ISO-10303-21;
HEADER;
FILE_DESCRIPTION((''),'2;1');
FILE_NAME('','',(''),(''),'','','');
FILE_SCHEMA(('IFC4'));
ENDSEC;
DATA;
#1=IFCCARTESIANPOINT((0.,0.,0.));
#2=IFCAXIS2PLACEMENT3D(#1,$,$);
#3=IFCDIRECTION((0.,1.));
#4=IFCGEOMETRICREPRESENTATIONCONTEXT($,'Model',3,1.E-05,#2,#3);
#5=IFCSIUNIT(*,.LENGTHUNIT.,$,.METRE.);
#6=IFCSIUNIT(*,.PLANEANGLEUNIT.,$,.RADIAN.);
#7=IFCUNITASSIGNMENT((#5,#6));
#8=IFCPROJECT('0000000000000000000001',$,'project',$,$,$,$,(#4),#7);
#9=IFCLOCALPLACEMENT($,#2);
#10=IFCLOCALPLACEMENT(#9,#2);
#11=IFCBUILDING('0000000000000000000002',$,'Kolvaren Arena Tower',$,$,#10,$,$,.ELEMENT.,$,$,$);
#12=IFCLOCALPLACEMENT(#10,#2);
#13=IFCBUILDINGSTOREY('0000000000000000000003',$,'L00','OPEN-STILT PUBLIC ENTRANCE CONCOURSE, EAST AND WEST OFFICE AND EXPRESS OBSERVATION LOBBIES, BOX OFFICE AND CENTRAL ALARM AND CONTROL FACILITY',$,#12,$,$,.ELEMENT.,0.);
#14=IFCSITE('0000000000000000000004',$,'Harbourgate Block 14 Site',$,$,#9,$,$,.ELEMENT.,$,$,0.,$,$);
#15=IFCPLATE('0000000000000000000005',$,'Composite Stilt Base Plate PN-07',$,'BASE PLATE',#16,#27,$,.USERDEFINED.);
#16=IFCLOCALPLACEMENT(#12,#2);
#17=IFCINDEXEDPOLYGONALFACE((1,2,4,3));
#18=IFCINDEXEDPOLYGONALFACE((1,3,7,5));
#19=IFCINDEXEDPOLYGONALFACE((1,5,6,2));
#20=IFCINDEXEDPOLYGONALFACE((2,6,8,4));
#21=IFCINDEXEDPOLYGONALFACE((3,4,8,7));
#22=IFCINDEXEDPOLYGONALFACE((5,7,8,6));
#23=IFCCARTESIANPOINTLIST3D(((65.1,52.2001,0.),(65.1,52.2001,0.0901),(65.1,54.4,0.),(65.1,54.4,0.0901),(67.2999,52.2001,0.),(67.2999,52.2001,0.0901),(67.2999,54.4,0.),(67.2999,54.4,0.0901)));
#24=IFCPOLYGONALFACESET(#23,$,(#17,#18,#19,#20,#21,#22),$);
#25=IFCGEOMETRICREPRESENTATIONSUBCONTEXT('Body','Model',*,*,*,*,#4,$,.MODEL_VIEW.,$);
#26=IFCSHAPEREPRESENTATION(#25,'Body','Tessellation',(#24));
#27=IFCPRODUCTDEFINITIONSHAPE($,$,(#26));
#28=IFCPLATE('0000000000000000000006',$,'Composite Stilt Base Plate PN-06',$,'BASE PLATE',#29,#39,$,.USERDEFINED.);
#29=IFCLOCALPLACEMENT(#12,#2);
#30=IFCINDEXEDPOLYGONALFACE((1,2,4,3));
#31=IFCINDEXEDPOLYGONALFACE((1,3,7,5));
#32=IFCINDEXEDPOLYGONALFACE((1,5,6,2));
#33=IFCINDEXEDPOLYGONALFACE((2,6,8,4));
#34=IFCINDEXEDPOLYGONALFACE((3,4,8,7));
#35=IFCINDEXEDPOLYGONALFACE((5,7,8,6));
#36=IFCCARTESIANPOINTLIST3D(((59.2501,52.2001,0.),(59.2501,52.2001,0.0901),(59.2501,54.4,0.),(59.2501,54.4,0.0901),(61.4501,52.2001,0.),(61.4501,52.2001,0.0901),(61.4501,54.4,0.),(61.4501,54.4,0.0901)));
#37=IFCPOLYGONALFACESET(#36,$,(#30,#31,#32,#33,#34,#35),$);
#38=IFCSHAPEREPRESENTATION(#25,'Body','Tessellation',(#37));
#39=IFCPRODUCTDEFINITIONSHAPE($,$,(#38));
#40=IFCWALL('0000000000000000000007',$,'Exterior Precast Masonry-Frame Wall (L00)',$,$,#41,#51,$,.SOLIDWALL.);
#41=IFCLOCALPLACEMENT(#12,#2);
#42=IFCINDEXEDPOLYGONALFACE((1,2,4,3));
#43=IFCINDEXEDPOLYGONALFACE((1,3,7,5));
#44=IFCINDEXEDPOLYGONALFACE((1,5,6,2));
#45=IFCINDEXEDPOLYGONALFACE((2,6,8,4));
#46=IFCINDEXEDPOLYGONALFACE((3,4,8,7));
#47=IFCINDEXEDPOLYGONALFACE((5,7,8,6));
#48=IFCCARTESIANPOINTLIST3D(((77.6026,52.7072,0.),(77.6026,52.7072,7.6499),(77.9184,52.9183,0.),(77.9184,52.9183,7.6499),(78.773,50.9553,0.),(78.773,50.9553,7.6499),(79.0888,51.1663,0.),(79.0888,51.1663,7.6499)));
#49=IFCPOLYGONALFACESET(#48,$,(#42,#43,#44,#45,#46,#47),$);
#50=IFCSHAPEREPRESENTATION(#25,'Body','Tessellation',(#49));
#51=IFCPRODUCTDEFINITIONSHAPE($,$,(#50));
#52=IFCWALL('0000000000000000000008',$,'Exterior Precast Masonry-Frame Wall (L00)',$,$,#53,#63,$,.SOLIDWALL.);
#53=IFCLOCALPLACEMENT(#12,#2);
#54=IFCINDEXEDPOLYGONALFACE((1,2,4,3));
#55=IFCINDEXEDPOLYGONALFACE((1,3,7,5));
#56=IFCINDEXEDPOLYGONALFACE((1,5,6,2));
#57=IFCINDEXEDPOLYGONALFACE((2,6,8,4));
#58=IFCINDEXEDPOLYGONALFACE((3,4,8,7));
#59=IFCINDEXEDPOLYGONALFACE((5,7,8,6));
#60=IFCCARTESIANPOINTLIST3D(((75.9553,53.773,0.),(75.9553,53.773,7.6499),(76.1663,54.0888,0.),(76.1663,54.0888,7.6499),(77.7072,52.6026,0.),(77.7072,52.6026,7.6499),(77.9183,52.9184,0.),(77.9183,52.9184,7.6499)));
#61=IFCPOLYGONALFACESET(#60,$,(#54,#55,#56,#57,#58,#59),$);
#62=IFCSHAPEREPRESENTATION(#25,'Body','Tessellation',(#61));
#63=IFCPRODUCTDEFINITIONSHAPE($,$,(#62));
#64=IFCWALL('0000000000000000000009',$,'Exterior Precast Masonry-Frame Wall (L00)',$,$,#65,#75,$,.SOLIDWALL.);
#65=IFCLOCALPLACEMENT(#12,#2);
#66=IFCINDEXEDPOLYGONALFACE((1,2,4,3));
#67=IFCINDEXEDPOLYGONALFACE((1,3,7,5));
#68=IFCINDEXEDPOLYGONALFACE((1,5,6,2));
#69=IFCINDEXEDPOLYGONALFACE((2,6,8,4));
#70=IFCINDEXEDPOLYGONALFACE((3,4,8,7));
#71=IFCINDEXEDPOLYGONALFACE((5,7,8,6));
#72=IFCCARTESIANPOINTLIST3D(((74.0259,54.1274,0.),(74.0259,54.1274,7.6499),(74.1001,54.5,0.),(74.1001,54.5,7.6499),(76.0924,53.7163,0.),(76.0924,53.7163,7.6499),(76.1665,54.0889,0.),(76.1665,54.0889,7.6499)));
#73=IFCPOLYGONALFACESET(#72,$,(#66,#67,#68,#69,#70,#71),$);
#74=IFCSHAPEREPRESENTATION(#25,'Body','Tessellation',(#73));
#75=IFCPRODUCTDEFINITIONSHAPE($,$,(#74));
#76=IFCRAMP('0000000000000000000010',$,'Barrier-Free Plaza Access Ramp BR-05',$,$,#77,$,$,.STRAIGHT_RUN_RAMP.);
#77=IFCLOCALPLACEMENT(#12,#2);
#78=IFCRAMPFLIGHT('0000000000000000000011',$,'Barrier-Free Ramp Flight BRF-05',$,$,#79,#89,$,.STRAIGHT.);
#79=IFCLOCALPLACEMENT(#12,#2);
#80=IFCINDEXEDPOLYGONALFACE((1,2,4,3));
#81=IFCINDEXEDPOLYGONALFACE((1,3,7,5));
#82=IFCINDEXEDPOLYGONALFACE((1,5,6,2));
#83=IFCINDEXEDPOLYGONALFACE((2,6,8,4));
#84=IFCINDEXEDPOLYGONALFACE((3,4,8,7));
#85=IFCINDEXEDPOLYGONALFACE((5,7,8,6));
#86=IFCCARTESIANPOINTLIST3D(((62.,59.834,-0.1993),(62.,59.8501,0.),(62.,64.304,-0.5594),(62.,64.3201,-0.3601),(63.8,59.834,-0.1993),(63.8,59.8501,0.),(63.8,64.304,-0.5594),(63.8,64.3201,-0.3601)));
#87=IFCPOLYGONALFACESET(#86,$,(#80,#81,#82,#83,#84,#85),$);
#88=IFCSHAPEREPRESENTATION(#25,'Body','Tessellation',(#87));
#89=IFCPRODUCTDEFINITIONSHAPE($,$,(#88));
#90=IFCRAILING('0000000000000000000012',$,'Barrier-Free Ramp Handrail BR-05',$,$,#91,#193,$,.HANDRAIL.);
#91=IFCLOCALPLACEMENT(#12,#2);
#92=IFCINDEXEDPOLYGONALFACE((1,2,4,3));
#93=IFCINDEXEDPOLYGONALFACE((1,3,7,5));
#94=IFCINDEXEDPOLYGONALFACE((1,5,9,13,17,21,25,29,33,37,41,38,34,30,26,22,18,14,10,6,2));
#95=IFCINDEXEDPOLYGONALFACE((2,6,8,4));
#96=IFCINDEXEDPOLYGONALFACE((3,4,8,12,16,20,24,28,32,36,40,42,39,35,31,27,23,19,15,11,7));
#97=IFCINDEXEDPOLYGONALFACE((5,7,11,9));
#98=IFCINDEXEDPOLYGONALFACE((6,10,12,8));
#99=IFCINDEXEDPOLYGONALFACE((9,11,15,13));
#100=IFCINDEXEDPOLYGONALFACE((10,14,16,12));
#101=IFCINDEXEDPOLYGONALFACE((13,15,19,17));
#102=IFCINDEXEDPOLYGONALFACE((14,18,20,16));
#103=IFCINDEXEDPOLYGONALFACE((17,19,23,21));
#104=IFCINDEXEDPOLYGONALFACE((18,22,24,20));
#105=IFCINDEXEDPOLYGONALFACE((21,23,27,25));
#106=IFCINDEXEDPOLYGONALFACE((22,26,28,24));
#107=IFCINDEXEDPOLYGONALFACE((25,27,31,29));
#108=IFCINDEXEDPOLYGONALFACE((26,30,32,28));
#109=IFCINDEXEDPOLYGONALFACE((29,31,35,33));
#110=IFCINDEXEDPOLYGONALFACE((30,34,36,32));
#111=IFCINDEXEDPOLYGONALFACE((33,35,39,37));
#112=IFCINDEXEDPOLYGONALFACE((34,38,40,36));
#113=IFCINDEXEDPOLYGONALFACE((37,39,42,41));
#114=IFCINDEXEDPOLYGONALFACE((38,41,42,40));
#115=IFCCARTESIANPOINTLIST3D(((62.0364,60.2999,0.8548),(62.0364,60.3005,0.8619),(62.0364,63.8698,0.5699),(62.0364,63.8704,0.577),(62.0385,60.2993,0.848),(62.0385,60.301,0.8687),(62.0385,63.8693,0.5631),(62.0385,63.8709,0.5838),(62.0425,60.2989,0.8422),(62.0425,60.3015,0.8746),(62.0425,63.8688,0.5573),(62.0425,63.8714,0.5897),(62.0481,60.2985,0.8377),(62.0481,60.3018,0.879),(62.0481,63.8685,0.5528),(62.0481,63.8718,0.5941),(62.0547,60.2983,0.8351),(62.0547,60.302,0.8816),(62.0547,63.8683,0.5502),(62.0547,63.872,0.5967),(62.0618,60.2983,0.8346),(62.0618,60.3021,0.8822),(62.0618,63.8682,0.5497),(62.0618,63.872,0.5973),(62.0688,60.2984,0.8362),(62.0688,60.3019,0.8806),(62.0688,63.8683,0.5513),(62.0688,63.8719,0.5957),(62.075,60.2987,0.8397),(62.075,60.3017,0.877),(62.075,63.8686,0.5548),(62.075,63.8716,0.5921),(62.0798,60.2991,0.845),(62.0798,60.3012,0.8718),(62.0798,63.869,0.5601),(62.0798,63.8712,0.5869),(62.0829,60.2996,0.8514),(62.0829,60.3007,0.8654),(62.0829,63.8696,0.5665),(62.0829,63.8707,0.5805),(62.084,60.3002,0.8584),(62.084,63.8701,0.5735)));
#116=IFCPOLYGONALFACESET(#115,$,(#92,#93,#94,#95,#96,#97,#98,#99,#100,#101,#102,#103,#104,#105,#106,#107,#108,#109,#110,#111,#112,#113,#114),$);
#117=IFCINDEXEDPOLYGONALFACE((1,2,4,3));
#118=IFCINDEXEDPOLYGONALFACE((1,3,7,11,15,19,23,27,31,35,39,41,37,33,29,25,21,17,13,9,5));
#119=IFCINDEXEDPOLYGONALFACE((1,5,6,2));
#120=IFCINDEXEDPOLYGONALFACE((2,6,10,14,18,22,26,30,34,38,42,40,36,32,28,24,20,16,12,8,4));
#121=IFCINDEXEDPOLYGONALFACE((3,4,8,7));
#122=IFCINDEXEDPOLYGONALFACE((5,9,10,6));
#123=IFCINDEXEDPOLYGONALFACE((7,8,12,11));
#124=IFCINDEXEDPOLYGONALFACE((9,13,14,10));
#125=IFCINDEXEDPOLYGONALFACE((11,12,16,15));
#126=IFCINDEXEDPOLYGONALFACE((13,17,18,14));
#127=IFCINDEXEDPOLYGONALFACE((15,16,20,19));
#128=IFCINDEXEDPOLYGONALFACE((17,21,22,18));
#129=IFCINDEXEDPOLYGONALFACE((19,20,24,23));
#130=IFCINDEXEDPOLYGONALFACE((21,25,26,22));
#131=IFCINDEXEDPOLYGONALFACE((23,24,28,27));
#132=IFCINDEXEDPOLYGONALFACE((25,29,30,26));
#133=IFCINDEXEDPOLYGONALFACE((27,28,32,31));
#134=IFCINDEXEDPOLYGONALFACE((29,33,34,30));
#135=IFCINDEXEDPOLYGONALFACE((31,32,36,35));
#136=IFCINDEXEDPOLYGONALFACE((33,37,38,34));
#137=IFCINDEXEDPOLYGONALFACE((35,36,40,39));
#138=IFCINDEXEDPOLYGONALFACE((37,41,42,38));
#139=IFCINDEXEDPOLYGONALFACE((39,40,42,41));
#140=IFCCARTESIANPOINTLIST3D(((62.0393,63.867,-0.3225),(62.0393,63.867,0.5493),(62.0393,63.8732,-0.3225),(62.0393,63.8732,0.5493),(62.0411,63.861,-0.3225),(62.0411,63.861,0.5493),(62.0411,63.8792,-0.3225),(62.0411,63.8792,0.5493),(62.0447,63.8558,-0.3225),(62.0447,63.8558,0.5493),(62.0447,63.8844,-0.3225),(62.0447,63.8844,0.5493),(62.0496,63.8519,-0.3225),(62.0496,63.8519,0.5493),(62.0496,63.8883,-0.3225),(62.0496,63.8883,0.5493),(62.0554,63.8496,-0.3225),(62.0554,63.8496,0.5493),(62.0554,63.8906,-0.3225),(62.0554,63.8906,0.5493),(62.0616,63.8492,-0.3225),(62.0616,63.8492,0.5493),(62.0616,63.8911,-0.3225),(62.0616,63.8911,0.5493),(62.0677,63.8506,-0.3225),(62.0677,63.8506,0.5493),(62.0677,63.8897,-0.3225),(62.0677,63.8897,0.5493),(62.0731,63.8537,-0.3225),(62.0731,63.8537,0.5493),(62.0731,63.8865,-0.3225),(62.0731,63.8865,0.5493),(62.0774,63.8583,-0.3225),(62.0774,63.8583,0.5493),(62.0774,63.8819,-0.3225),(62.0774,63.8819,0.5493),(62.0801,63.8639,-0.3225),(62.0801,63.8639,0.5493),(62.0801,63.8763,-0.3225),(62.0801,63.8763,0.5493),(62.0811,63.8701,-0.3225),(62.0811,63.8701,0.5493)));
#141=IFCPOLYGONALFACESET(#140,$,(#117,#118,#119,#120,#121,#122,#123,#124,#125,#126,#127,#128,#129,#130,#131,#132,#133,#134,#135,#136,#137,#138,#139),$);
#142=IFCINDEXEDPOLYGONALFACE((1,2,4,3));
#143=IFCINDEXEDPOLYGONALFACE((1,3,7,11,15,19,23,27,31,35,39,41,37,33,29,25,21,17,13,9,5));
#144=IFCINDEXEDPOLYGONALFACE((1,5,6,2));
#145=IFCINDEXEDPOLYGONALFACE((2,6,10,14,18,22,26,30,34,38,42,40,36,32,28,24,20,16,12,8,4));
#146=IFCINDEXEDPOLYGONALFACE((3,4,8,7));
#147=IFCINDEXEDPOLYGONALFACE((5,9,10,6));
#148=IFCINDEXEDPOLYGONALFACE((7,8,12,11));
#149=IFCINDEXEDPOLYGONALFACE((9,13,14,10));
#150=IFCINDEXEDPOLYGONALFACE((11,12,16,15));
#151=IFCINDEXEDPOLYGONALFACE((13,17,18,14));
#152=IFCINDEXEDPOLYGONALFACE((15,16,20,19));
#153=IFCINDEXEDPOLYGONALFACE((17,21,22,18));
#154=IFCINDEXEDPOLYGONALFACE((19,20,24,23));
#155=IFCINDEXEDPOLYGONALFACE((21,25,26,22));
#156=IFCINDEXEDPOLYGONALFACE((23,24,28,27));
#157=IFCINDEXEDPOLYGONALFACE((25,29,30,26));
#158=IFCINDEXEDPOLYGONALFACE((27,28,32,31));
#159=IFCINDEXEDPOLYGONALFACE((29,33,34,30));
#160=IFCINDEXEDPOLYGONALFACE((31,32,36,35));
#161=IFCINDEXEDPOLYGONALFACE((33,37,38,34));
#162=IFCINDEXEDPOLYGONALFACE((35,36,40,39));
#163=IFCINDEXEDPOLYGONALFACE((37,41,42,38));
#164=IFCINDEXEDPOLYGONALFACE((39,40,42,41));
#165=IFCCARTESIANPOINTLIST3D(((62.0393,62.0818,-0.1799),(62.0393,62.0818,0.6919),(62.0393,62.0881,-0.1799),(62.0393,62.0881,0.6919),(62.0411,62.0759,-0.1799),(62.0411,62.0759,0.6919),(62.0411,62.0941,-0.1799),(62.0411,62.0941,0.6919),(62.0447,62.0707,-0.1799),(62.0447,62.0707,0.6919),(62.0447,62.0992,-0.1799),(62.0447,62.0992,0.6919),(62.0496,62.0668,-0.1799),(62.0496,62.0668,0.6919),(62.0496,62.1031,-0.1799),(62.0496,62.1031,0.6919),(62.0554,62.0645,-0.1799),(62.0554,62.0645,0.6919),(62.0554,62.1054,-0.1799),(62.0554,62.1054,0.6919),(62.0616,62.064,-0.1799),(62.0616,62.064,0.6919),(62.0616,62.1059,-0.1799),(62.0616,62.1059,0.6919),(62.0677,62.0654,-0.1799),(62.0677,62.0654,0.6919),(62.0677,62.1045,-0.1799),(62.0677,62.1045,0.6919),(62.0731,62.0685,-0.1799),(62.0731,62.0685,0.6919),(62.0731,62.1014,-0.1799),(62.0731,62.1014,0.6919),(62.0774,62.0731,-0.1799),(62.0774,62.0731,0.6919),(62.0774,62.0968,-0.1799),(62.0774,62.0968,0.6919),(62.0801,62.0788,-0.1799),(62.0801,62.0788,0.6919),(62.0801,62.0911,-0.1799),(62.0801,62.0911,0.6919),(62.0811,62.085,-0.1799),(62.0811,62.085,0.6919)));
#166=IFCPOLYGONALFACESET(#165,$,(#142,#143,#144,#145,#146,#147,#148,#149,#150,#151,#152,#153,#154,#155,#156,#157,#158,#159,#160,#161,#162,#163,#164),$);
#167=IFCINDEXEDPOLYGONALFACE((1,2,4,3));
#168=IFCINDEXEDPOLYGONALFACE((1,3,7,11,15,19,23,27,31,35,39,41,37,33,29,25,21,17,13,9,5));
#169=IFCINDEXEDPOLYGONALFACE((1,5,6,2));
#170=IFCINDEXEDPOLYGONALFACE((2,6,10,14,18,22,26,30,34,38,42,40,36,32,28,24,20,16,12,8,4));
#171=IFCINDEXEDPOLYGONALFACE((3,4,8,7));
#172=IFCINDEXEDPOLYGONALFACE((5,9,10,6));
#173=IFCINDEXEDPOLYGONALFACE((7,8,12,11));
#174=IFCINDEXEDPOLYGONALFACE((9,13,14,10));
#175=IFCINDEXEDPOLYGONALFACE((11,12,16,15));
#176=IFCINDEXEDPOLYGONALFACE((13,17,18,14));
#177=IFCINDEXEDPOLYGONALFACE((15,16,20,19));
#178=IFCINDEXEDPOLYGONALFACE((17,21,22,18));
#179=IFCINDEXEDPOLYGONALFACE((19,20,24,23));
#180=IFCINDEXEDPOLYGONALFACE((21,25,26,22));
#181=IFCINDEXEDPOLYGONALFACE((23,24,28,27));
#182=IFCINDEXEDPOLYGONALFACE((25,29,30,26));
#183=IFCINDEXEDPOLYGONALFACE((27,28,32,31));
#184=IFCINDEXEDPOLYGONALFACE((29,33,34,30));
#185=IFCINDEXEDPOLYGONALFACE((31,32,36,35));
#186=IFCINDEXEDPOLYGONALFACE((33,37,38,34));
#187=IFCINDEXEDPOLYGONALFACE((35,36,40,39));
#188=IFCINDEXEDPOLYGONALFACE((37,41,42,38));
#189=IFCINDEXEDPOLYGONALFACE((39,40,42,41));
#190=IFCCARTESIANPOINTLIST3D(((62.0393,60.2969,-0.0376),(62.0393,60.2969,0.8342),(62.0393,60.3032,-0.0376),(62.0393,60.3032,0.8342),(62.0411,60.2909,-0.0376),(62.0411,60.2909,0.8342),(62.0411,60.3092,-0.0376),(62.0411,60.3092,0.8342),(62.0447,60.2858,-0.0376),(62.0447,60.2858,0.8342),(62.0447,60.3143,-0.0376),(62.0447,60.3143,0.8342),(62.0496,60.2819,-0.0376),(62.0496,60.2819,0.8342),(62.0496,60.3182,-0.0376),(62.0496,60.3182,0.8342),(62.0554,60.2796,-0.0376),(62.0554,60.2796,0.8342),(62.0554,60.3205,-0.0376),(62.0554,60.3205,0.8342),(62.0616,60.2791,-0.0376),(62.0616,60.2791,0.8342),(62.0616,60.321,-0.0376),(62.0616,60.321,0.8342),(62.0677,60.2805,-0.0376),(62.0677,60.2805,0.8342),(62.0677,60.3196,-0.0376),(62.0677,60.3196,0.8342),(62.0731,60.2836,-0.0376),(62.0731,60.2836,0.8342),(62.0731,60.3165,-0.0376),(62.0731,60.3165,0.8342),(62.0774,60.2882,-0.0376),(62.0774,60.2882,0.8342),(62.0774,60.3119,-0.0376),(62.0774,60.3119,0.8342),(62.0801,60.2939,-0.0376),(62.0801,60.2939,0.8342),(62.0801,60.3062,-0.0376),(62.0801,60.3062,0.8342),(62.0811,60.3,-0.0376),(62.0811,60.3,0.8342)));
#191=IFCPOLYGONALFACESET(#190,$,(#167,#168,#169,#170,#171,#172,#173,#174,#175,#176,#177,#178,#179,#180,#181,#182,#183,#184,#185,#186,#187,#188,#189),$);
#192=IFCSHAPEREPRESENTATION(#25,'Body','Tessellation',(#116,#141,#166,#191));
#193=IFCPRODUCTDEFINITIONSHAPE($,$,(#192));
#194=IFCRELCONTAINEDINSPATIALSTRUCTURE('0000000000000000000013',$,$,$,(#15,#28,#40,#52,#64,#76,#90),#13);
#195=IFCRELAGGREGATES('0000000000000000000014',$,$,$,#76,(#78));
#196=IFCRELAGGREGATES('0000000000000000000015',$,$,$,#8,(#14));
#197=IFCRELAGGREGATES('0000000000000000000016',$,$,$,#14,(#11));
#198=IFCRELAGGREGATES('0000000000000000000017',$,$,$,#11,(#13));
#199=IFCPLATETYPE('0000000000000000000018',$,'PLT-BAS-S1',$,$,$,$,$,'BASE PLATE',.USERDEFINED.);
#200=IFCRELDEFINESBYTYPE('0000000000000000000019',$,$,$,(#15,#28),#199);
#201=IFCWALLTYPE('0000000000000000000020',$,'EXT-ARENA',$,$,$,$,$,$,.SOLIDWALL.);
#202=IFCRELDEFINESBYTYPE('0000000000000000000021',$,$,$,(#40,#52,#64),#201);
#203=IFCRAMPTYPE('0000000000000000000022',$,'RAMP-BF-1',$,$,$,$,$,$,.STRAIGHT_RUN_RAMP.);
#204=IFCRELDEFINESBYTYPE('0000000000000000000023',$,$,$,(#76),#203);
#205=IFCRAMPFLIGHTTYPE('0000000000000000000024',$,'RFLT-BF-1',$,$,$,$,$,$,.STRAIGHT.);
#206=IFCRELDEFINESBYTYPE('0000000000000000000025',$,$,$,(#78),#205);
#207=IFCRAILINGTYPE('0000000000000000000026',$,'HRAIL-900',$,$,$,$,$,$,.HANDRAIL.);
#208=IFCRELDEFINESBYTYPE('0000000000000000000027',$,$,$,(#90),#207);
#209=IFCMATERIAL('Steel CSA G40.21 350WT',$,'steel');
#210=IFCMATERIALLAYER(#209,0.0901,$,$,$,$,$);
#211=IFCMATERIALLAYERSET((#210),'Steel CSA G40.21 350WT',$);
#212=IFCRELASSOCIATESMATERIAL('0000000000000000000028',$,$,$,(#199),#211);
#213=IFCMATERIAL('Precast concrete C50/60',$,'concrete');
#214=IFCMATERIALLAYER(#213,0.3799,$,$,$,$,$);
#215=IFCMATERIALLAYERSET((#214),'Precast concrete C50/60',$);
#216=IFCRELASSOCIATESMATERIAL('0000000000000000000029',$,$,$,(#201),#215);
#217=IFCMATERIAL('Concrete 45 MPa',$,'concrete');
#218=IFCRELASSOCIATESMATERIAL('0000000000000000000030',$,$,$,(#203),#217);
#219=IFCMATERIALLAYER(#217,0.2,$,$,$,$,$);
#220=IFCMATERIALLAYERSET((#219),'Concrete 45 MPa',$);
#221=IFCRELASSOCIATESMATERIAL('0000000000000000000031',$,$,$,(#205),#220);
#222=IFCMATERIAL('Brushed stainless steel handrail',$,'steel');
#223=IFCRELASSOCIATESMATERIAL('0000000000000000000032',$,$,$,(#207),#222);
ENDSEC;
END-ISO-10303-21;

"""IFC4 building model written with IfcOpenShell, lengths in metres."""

from ifc_helpers import new_model, si_unit, direction, frame, frame_2d, origin, origin_2d, place, context, subcontext, project, spatial, polyline, rectangle, circle, outline, extrude, material, layer, layer_set, type_object, element, aggregate, save


model = new_model("IFC4")

# Units and contexts
model_context = context("Model", 3, precision=1e-05, world=origin(), true_north=direction((0.0, 1.0)))
body_context = subcontext(model_context, "Body", "Model", "MODEL_VIEW")
ifc_project = project(units=[si_unit("LENGTHUNIT", "METRE"), si_unit("PLANEANGLEUNIT", "RADIAN")], contexts=[model_context])

# Site, building, storey
site_placement = place(None, origin())
site = spatial("IfcSite", under=ifc_project, at=site_placement, Name="Harbourgate Block 14 Site", CompositionType="ELEMENT", RefElevation=0.0)
building_placement = place(site_placement, origin())
building = spatial("IfcBuilding", under=site, at=building_placement, Name="Kolvaren Arena Tower", CompositionType="ELEMENT")
storey_placement = place(building_placement, origin())
storey = spatial("IfcBuildingStorey", under=building, at=storey_placement, Name="L00", Description="OPEN-STILT PUBLIC ENTRANCE CONCOURSE, EAST AND WEST OFFICE AND EXPRESS OBSERVATION LOBBIES, BOX OFFICE AND CENTRAL ALARM AND CONTROL FACILITY", CompositionType="ELEMENT", Elevation=0.0)

# Shared definitions
ifc_material_1 = material(Name="Steel CSA G40.21 350WT", Category="steel")

# Plates
ifc_layer_1 = layer(ifc_material_1, 0.0901)
ifc_layer_set_1 = layer_set([ifc_layer_1], Name="Steel CSA G40.21 350WT")
plate_type = type_object("IfcPlateType", Name="PLT-BAS-S1", ElementType="BASE PLATE", PredefinedType="USERDEFINED", material=ifc_layer_set_1)
for number, where, z_axis, x_axis, name in (
    (1, (66.2, 53.3, 0.0), (0.0, 0.0, 1.0), (1.0, 0.0, 0.0), "Composite Stilt Base Plate PN-07"),
    (2, (60.3501, 53.3, 0.0), (0.0, 0.0, 1.0), (1.0, 0.0, 0.0), "Composite Stilt Base Plate PN-06"),
):
    element("IfcPlate", number, at=place(storey_placement, frame(where, z_axis=z_axis, x_axis=x_axis)), inside=storey, type_object=plate_type, Name=name, ObjectType="BASE PLATE", PredefinedType="USERDEFINED", context=body_context, shape_type="SweptSolid", body=[
        extrude(rectangle(XDim=2.2, YDim=2.2, at=origin_2d()), origin(), (0.0, 0.0, 1.0), 0.0901),
    ])

# Walls
ifc_material_2 = material(Name="Precast concrete C50/60", Category="concrete")
ifc_layer_2 = layer(ifc_material_2, 0.3799)
ifc_layer_set_2 = layer_set([ifc_layer_2], Name="Precast concrete C50/60")
wall_type = type_object("IfcWallType", Name="EXT-ARENA", PredefinedType="SOLIDWALL", material=ifc_layer_set_2)
for number, where, z_axis, x_axis, name in (
    (3, (77.7605, 52.8127, 0.0), (0.0, 0.0, 1.0), (0.555502, -0.831515, 0.0), "Exterior Precast Masonry-Frame Wall (L00)"),
    (4, (76.0608, 53.9309, 0.0), (0.0, 0.0, 1.0), (0.831515, -0.555502, 0.0), "Exterior Precast Masonry-Frame Wall (L00)"),
    (5, (74.063, 54.3137, 0.0), (0.0, 0.0, 1.0), (0.980776, -0.195136, 0.0), "Exterior Precast Masonry-Frame Wall (L00)"),
):
    element("IfcWall", number, at=place(storey_placement, frame(where, z_axis=z_axis, x_axis=x_axis)), inside=storey, type_object=wall_type, Name=name, PredefinedType="SOLIDWALL", context=body_context, shape_type="SweptSolid", body=[
        extrude(rectangle(XDim=2.1069, YDim=0.3799, at=frame_2d((1.0535, 0.0))), origin(), (0.0, 0.0, 1.0), 7.6499),
    ])

# Ramp, ramp flight
ifc_material_3 = material(Name="Concrete 45 MPa", Category="concrete")
ramp_type = type_object("IfcRampType", Name="RAMP-BF-1", PredefinedType="STRAIGHT_RUN_RAMP", material=ifc_material_3)
ramp_placement = place(storey_placement, origin())
ramp = element("IfcRamp", 6, at=ramp_placement, inside=storey, type_object=ramp_type, Name="Barrier-Free Plaza Access Ramp BR-05", PredefinedType="STRAIGHT_RUN_RAMP")
ifc_layer_3 = layer(ifc_material_3, 0.2)
ifc_layer_set_3 = layer_set([ifc_layer_3], Name="Concrete 45 MPa")
ramp_flight_type = type_object("IfcRampFlightType", Name="RFLT-BF-1", PredefinedType="STRAIGHT", material=ifc_layer_set_3)
ramp_flight_placement = place(storey_placement, frame((63.8, 64.3201, -0.3601), z_axis=(0.0, 0.080301, 0.996771), x_axis=(-1.0, 0.0, 0.0)))
ramp_flight = element("IfcRampFlight", 7, at=ramp_flight_placement, type_object=ramp_flight_type, Name="Barrier-Free Ramp Flight BRF-05", PredefinedType="STRAIGHT", context=body_context, shape_type="SweptSolid", body=[
    extrude(outline(polyline([(0.0, 0.0), (1.8, 0.0), (1.8, 4.4845), (0.0, 4.4845), (0.0, 0.0)])), origin(), (0.0, 0.0, -1.0), 0.2),
])
aggregate(ramp, [ramp_flight])

# Railing
ifc_material_4 = material(Name="Brushed stainless steel handrail", Category="steel")
railing_type = type_object("IfcRailingType", Name="HRAIL-900", PredefinedType="HANDRAIL", material=ifc_material_4)
for number, where, name in (
    (8, (62.0601, 63.8701, -0.3225), "Barrier-Free Ramp Handrail BR-05"),
):
    element("IfcRailing", number, at=place(storey_placement, frame(where)), inside=storey, type_object=railing_type, Name=name, PredefinedType="HANDRAIL", context=body_context, shape_type="SweptSolid", body=[
        extrude(circle(Radius=0.0239, at=origin_2d()), frame((0.0, 0.0, 0.896), z_axis=(0.0, -0.996831, 0.079553), x_axis=(1.0, 0.0, 0.0)), (0.0, 0.0, 1.0), 3.5813),
        extrude(circle(Radius=0.021, at=origin_2d()), origin(), (0.0, 0.0, 1.0), 0.8718),
        extrude(circle(Radius=0.021, at=origin_2d()), frame((0.0, -1.7852, 0.1426)), (0.0, 0.0, 1.0), 0.8718),
        extrude(circle(Radius=0.021, at=origin_2d()), frame((0.0, -3.5701, 0.2849)), (0.0, 0.0, 1.0), 0.8718),
    ])

save(model, "model.ifc")
